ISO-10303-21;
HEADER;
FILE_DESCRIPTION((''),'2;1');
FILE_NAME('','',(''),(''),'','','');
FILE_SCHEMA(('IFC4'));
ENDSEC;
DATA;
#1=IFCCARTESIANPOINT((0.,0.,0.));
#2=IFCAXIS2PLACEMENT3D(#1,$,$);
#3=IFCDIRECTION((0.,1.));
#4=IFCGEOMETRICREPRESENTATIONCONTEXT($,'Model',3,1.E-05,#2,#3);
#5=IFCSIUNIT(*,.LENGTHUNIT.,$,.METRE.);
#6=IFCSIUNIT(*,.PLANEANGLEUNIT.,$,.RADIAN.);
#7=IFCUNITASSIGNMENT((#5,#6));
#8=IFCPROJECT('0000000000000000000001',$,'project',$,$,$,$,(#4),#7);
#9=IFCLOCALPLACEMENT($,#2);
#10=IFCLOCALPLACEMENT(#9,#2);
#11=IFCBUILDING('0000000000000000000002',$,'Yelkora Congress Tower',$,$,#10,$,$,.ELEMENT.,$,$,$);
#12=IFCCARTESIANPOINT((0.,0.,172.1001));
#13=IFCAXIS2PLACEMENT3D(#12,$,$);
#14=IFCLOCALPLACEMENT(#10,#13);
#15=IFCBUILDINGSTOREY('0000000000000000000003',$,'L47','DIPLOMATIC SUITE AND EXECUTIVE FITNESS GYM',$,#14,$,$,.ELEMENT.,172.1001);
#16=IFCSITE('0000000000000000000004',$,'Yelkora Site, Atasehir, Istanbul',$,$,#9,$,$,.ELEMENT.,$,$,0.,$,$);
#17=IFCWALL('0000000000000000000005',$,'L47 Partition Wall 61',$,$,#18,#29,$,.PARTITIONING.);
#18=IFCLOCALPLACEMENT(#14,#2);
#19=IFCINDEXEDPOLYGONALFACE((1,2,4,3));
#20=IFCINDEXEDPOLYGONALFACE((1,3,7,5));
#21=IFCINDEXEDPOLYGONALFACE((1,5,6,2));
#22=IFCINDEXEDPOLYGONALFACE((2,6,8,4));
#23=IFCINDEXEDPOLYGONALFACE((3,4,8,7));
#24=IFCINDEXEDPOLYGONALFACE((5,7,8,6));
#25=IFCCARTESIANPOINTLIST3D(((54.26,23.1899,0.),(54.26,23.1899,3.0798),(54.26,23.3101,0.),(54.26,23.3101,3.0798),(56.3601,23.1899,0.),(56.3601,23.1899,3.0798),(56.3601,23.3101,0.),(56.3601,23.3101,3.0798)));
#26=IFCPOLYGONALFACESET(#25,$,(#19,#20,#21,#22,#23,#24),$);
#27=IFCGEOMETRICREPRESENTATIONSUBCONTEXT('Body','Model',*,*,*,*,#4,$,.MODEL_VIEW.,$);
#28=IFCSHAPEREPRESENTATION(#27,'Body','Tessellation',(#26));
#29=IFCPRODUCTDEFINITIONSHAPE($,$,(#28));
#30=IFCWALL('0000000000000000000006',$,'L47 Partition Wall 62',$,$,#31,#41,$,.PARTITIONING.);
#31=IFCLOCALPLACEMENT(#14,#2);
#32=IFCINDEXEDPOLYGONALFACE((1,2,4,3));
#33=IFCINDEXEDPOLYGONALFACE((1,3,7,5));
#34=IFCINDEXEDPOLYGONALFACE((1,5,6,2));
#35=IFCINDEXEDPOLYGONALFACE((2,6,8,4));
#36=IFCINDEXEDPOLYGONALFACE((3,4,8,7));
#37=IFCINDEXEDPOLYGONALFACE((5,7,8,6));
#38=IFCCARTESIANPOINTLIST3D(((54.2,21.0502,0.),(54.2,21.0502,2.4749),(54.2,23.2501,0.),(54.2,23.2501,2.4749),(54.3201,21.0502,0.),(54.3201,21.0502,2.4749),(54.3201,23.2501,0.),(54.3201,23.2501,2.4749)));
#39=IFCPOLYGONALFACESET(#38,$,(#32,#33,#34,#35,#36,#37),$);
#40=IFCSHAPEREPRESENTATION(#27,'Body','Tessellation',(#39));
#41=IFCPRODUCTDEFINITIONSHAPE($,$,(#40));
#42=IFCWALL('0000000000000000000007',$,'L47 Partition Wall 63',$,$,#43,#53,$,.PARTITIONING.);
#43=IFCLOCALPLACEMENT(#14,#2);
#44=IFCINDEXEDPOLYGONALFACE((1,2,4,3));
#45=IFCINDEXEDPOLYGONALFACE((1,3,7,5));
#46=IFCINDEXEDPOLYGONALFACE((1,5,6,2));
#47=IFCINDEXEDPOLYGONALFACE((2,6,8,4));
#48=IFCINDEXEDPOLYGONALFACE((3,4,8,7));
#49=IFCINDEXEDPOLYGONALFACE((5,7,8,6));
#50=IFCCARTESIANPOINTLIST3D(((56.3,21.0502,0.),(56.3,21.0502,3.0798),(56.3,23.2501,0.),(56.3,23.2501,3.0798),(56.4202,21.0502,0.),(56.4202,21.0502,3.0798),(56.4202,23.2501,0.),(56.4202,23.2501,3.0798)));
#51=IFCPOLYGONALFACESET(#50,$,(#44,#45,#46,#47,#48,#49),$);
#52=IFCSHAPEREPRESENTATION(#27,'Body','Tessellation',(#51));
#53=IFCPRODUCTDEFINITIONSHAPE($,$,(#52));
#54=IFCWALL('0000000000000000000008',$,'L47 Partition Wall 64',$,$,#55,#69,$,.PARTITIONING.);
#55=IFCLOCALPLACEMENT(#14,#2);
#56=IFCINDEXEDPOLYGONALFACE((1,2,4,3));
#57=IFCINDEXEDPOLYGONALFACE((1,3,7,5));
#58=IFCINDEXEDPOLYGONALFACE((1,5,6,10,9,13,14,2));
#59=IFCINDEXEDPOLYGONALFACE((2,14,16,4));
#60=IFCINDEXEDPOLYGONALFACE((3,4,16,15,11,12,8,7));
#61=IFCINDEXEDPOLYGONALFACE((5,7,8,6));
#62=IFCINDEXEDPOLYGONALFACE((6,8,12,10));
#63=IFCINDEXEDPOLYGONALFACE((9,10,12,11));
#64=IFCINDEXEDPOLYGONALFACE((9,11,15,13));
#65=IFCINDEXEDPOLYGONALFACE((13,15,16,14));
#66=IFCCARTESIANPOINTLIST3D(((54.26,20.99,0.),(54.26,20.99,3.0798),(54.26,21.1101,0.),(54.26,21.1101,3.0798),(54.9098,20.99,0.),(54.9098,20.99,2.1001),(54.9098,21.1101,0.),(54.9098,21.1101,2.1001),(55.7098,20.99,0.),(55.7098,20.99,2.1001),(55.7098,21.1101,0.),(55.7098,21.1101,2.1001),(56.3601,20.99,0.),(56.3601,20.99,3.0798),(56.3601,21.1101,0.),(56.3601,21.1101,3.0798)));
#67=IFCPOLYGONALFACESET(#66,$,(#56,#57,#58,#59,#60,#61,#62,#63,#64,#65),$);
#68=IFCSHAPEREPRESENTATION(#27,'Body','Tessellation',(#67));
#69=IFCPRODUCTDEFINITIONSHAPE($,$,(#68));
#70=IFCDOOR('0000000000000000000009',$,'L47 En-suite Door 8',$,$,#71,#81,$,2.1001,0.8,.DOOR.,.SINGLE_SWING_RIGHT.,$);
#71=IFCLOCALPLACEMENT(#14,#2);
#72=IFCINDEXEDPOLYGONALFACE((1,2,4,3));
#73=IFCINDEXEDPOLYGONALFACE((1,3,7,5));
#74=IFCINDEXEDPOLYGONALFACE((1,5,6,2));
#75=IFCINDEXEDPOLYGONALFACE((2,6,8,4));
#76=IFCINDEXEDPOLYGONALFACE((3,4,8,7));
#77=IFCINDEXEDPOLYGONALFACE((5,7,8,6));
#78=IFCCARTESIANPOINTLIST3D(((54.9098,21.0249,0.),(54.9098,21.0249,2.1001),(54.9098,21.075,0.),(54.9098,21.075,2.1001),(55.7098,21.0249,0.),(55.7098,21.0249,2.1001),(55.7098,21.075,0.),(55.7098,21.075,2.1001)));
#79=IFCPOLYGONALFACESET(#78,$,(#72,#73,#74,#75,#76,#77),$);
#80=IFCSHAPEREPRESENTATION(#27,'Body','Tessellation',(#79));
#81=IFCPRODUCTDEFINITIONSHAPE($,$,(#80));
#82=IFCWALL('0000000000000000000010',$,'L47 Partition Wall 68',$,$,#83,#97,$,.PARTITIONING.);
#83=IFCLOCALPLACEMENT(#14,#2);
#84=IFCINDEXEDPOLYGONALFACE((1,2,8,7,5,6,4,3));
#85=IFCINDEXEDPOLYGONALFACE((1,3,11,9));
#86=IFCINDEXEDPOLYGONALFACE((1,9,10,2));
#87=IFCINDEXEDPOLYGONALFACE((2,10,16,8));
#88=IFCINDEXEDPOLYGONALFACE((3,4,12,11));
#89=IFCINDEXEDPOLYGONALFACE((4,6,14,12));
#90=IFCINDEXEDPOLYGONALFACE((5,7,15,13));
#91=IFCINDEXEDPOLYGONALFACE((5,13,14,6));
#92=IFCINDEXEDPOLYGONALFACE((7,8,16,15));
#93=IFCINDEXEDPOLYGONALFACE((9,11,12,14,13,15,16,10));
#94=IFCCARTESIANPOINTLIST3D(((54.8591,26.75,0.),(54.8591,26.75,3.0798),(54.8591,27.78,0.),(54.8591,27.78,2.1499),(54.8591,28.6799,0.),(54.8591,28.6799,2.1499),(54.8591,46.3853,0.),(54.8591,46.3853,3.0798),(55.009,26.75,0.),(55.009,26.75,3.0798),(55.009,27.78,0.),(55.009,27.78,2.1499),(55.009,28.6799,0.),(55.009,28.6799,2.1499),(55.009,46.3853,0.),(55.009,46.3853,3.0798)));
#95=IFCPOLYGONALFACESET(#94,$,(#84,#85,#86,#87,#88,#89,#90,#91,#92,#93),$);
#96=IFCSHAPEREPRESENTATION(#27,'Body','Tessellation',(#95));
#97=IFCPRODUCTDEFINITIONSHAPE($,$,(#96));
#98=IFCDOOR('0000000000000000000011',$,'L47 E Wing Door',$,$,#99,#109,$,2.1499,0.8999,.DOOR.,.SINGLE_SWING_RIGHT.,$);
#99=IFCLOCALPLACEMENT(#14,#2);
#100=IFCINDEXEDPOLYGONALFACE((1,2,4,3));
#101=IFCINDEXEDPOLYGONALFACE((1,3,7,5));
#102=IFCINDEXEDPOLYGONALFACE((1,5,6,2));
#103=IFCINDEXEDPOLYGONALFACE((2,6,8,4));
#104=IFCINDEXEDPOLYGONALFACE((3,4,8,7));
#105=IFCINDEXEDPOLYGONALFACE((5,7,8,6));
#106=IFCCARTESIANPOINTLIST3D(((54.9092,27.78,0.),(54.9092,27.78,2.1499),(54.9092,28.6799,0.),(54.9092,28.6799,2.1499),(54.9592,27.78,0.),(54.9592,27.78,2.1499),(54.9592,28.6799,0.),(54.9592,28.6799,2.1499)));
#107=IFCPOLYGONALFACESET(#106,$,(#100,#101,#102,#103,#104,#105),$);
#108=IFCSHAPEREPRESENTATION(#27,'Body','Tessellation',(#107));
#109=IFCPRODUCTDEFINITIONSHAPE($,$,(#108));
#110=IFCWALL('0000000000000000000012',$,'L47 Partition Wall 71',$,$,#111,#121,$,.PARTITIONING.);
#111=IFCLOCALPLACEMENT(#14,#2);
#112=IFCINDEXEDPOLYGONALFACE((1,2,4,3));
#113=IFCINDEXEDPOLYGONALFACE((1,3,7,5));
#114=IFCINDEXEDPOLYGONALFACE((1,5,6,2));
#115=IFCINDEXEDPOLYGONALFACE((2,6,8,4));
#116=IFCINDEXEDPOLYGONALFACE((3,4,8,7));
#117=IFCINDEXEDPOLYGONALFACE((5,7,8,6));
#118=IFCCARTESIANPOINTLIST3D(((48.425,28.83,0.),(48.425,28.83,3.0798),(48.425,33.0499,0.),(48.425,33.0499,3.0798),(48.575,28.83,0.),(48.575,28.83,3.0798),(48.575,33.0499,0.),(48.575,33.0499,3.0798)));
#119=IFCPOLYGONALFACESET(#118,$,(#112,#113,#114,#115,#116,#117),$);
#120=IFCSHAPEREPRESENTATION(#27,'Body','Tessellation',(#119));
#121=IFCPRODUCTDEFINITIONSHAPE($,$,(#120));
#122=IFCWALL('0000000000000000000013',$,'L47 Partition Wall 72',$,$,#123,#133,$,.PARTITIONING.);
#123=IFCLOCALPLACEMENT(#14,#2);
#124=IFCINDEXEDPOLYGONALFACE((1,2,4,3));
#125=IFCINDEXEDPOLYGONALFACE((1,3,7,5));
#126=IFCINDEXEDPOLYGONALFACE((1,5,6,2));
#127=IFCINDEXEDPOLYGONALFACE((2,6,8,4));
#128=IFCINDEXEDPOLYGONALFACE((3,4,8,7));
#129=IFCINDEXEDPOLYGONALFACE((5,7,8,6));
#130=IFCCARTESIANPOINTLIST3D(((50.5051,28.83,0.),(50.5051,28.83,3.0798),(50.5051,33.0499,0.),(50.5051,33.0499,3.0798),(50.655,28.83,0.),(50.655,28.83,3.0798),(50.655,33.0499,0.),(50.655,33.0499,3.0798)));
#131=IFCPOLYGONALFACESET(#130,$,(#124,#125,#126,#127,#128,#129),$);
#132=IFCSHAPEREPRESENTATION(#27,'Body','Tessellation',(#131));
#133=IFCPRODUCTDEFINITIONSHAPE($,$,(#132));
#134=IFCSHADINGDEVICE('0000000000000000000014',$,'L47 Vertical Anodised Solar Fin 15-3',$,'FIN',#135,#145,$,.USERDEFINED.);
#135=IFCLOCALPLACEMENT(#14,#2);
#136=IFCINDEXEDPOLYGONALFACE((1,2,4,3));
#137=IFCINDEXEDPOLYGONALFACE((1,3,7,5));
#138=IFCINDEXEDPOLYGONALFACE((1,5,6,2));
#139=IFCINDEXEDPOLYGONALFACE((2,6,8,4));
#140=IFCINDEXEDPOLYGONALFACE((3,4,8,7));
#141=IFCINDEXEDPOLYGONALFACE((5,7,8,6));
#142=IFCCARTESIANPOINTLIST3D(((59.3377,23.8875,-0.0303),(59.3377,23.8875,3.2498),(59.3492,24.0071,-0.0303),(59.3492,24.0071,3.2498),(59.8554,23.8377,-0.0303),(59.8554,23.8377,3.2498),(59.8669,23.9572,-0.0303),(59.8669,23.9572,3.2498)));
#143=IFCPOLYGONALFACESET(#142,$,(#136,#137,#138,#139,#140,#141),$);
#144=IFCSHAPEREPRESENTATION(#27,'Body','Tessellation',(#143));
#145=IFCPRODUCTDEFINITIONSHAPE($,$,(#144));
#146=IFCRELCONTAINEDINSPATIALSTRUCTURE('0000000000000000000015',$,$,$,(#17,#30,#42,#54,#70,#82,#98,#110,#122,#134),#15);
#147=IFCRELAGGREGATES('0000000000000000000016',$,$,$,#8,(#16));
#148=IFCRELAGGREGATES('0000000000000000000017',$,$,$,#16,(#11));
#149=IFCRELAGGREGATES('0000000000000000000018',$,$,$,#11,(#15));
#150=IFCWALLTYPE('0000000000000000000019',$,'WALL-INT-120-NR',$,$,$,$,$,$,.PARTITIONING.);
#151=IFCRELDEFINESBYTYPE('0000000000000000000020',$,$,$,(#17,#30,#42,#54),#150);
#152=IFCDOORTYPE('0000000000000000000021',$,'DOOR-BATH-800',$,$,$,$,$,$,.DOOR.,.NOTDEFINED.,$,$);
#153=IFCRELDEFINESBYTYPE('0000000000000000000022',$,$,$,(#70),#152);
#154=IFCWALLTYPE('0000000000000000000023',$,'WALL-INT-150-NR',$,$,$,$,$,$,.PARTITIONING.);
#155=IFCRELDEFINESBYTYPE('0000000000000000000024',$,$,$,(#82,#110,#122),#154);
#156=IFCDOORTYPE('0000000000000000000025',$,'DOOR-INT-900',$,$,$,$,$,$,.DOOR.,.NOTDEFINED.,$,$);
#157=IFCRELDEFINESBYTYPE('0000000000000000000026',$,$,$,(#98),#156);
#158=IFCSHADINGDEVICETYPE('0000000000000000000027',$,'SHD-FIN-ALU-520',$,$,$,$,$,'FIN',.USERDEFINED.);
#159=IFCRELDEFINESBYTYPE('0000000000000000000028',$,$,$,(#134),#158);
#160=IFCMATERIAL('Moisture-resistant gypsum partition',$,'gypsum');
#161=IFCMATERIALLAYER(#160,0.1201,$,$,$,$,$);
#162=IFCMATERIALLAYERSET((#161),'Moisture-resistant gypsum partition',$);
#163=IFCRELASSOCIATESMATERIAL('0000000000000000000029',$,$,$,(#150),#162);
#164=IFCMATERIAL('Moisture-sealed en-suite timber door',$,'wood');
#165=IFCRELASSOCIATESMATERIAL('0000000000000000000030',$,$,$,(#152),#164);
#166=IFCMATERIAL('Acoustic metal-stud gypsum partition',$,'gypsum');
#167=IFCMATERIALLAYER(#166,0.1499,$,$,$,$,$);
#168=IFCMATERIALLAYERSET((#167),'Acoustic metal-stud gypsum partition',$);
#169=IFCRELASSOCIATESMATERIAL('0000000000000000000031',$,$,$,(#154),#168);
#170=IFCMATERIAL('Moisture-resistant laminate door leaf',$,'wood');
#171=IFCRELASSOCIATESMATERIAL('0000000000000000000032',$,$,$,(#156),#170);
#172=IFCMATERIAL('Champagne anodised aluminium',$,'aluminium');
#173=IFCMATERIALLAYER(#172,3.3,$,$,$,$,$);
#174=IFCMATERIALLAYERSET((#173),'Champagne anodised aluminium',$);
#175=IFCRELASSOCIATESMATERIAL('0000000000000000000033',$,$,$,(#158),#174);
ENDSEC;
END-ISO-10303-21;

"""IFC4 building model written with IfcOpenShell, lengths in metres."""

from ifc_helpers import new_model, si_unit, direction, frame, frame_2d, origin, origin_2d, place, context, subcontext, project, spatial, rectangle, extrude, material, layer, layer_set, type_object, element, fill, save


model = new_model("IFC4")

# Units and contexts
model_context = context("Model", 3, precision=1e-05, world=origin(), true_north=direction((0.0, 1.0)))
body_context = subcontext(model_context, "Body", "Model", "MODEL_VIEW")
ifc_project = project(units=[si_unit("LENGTHUNIT", "METRE"), si_unit("PLANEANGLEUNIT", "RADIAN")], contexts=[model_context])

# Site, building, storey
site_placement = place(None, origin())
site = spatial("IfcSite", under=ifc_project, at=site_placement, Name="Yelkora Site, Atasehir, Istanbul", CompositionType="ELEMENT", RefElevation=0.0)
building_placement = place(site_placement, origin())
building = spatial("IfcBuilding", under=site, at=building_placement, Name="Yelkora Congress Tower", CompositionType="ELEMENT")
storey_placement = place(building_placement, frame((0.0, 0.0, 172.1001)))
storey = spatial("IfcBuildingStorey", under=building, at=storey_placement, Name="L47", Description="DIPLOMATIC SUITE AND EXECUTIVE FITNESS GYM", CompositionType="ELEMENT", Elevation=172.1001)

# Walls
ifc_material_1 = material(Name="Moisture-resistant gypsum partition", Category="gypsum")
ifc_layer_1 = layer(ifc_material_1, 0.1201)
ifc_layer_set_1 = layer_set([ifc_layer_1], Name="Moisture-resistant gypsum partition")
wall_type_1 = type_object("IfcWallType", Name="WALL-INT-120-NR", PredefinedType="PARTITIONING", material=ifc_layer_set_1)
wall_1_placement = place(storey_placement, frame((54.26, 23.25, 0.0), z_axis=(0.0, 0.0, 1.0), x_axis=(1.0, 0.0, 0.0)))
element("IfcWall", 1, at=wall_1_placement, inside=storey, type_object=wall_type_1, Name="L47 Partition Wall 61", PredefinedType="PARTITIONING", context=body_context, shape_type="SweptSolid", body=[
    extrude(rectangle(XDim=2.1001, YDim=0.1201, at=frame_2d((1.05, 0.0))), origin(), (0.0, 0.0, 1.0), 3.0798),
])
wall_2_placement = place(storey_placement, frame((54.26, 21.05, 0.0), z_axis=(0.0, 0.0, 1.0), x_axis=(0.0, 1.0, 0.0)))
element("IfcWall", 2, at=wall_2_placement, inside=storey, type_object=wall_type_1, Name="L47 Partition Wall 62", PredefinedType="PARTITIONING", context=body_context, shape_type="SweptSolid", body=[
    extrude(rectangle(XDim=2.2, YDim=0.1201, at=frame_2d((1.1001, 0.0))), origin(), (0.0, 0.0, 1.0), 2.4749),
])
wall_3_placement = place(storey_placement, frame((56.3601, 21.05, 0.0), z_axis=(0.0, 0.0, 1.0), x_axis=(0.0, 1.0, 0.0)))
element("IfcWall", 3, at=wall_3_placement, inside=storey, type_object=wall_type_1, Name="L47 Partition Wall 63", PredefinedType="PARTITIONING", context=body_context, shape_type="SweptSolid", body=[
    extrude(rectangle(XDim=2.2, YDim=0.1201, at=frame_2d((1.1001, 0.0))), origin(), (0.0, 0.0, 1.0), 3.0798),
])

# Walls, openings, doors
wall_4_placement = place(storey_placement, frame((54.26, 21.05, 0.0), z_axis=(0.0, 0.0, 1.0), x_axis=(1.0, 0.0, 0.0)))
wall_4 = element("IfcWall", 4, at=wall_4_placement, inside=storey, type_object=wall_type_1, Name="L47 Partition Wall 64", PredefinedType="PARTITIONING", context=body_context, shape_type="SweptSolid", body=[
    extrude(rectangle(XDim=2.1001, YDim=0.1201, at=frame_2d((1.05, 0.0))), origin(), (0.0, 0.0, 1.0), 3.0798),
])
opening_1_placement = place(wall_4_placement, frame((0.6499, 0.0, 0.0)))
opening_1 = element("IfcOpeningElement", 5, at=opening_1_placement, cuts=wall_4, PredefinedType="OPENING", context=body_context, shape_type="SweptSolid", body=[
    extrude(rectangle(XDim=0.8, YDim=2.1001, at=frame_2d((0.3999, 1.05))), frame((0.0, 0.0701, 0.0), z_axis=(0.0, -1.0, 0.0), x_axis=(1.0, 0.0, 0.0)), (0.0, 0.0, 1.0), 0.1401),
])
ifc_material_2 = material(Name="Moisture-sealed en-suite timber door", Category="wood")
door_type_1 = type_object("IfcDoorType", Name="DOOR-BATH-800", OperationType="NOTDEFINED", PredefinedType="DOOR", material=ifc_material_2)
door_1_placement = place(opening_1_placement, origin())
door_1 = element("IfcDoor", 6, at=door_1_placement, inside=storey, type_object=door_type_1, Name="L47 En-suite Door 8", OperationType="SINGLE_SWING_RIGHT", OverallHeight=2.1001, OverallWidth=0.8, PredefinedType="DOOR", context=body_context, shape_type="SweptSolid", body=[
    extrude(rectangle(XDim=0.8, YDim=2.1001, at=frame_2d((0.3999, 1.05))), frame((0.0, 0.0249, 0.0), z_axis=(0.0, -1.0, 0.0), x_axis=(1.0, 0.0, 0.0)), (0.0, 0.0, 1.0), 0.05),
])
fill(opening_1, door_1)
ifc_material_3 = material(Name="Acoustic metal-stud gypsum partition", Category="gypsum")
ifc_layer_2 = layer(ifc_material_3, 0.1499)
ifc_layer_set_2 = layer_set([ifc_layer_2], Name="Acoustic metal-stud gypsum partition")
wall_type_2 = type_object("IfcWallType", Name="WALL-INT-150-NR", PredefinedType="PARTITIONING", material=ifc_layer_set_2)
wall_5_placement = place(storey_placement, frame((54.9341, 26.75, 0.0), z_axis=(0.0, 0.0, 1.0), x_axis=(0.0, 1.0, 0.0)))
wall_5 = element("IfcWall", 7, at=wall_5_placement, inside=storey, type_object=wall_type_2, Name="L47 Partition Wall 68", PredefinedType="PARTITIONING", context=body_context, shape_type="SweptSolid", body=[
    extrude(rectangle(XDim=19.6353, YDim=0.1499, at=frame_2d((9.8176, 0.0))), origin(), (0.0, 0.0, 1.0), 3.0798),
])
opening_2_placement = place(wall_5_placement, frame((1.03, 0.0, 0.0)))
opening_2 = element("IfcOpeningElement", 8, at=opening_2_placement, cuts=wall_5, PredefinedType="OPENING", context=body_context, shape_type="SweptSolid", body=[
    extrude(rectangle(XDim=0.8999, YDim=2.1499, at=frame_2d((0.45, 1.075))), frame((0.0, 0.085, 0.0), z_axis=(0.0, -1.0, 0.0), x_axis=(1.0, 0.0, 0.0)), (0.0, 0.0, 1.0), 0.1699),
])
ifc_material_4 = material(Name="Moisture-resistant laminate door leaf", Category="wood")
door_type_2 = type_object("IfcDoorType", Name="DOOR-INT-900", OperationType="NOTDEFINED", PredefinedType="DOOR", material=ifc_material_4)
door_2_placement = place(opening_2_placement, origin())
door_2 = element("IfcDoor", 9, at=door_2_placement, inside=storey, type_object=door_type_2, Name="L47 E Wing Door", OperationType="SINGLE_SWING_RIGHT", OverallHeight=2.1499, OverallWidth=0.8999, PredefinedType="DOOR", context=body_context, shape_type="SweptSolid", body=[
    extrude(rectangle(XDim=0.8999, YDim=2.1499, at=frame_2d((0.45, 1.075))), frame((0.0, 0.0249, 0.0), z_axis=(0.0, -1.0, 0.0), x_axis=(1.0, 0.0, 0.0)), (0.0, 0.0, 1.0), 0.05),
])
fill(opening_2, door_2)

# Walls
for number, where, z_axis, x_axis, name in (
    (10, (48.5, 28.8301, 0.0), (0.0, 0.0, 1.0), (0.0, 1.0, 0.0), "L47 Partition Wall 71"),
    (11, (50.5801, 28.8301, 0.0), (0.0, 0.0, 1.0), (0.0, 1.0, 0.0), "L47 Partition Wall 72"),
):
    element("IfcWall", number, at=place(storey_placement, frame(where, z_axis=z_axis, x_axis=x_axis)), inside=storey, type_object=wall_type_2, Name=name, PredefinedType="PARTITIONING", context=body_context, shape_type="SweptSolid", body=[
        extrude(rectangle(XDim=4.22, YDim=0.1499, at=frame_2d((2.1099, 0.0))), origin(), (0.0, 0.0, 1.0), 3.0798),
    ])

# Shading device
ifc_material_5 = material(Name="Champagne anodised aluminium", Category="aluminium")
ifc_layer_3 = layer(ifc_material_5, 3.3)
ifc_layer_set_3 = layer_set([ifc_layer_3], Name="Champagne anodised aluminium")
shading_device_type = type_object("IfcShadingDeviceType", Name="SHD-FIN-ALU-520", ElementType="FIN", PredefinedType="USERDEFINED", material=ifc_layer_set_3)
shading_device_placement = place(storey_placement, frame((59.6023, 23.9224, -0.0303), z_axis=(0.0, 0.0, 1.0), x_axis=(-0.095846, -0.995396, 0.0)))
element("IfcShadingDevice", 12, at=shading_device_placement, inside=storey, type_object=shading_device_type, Name="L47 Vertical Anodised Solar Fin 15-3", ObjectType="FIN", PredefinedType="USERDEFINED", context=body_context, shape_type="SweptSolid", body=[
    extrude(rectangle(XDim=0.1201, YDim=0.52, at=origin_2d()), origin(), (0.0, 0.0, 1.0), 3.28),
])

save(model, "model.ifc")
